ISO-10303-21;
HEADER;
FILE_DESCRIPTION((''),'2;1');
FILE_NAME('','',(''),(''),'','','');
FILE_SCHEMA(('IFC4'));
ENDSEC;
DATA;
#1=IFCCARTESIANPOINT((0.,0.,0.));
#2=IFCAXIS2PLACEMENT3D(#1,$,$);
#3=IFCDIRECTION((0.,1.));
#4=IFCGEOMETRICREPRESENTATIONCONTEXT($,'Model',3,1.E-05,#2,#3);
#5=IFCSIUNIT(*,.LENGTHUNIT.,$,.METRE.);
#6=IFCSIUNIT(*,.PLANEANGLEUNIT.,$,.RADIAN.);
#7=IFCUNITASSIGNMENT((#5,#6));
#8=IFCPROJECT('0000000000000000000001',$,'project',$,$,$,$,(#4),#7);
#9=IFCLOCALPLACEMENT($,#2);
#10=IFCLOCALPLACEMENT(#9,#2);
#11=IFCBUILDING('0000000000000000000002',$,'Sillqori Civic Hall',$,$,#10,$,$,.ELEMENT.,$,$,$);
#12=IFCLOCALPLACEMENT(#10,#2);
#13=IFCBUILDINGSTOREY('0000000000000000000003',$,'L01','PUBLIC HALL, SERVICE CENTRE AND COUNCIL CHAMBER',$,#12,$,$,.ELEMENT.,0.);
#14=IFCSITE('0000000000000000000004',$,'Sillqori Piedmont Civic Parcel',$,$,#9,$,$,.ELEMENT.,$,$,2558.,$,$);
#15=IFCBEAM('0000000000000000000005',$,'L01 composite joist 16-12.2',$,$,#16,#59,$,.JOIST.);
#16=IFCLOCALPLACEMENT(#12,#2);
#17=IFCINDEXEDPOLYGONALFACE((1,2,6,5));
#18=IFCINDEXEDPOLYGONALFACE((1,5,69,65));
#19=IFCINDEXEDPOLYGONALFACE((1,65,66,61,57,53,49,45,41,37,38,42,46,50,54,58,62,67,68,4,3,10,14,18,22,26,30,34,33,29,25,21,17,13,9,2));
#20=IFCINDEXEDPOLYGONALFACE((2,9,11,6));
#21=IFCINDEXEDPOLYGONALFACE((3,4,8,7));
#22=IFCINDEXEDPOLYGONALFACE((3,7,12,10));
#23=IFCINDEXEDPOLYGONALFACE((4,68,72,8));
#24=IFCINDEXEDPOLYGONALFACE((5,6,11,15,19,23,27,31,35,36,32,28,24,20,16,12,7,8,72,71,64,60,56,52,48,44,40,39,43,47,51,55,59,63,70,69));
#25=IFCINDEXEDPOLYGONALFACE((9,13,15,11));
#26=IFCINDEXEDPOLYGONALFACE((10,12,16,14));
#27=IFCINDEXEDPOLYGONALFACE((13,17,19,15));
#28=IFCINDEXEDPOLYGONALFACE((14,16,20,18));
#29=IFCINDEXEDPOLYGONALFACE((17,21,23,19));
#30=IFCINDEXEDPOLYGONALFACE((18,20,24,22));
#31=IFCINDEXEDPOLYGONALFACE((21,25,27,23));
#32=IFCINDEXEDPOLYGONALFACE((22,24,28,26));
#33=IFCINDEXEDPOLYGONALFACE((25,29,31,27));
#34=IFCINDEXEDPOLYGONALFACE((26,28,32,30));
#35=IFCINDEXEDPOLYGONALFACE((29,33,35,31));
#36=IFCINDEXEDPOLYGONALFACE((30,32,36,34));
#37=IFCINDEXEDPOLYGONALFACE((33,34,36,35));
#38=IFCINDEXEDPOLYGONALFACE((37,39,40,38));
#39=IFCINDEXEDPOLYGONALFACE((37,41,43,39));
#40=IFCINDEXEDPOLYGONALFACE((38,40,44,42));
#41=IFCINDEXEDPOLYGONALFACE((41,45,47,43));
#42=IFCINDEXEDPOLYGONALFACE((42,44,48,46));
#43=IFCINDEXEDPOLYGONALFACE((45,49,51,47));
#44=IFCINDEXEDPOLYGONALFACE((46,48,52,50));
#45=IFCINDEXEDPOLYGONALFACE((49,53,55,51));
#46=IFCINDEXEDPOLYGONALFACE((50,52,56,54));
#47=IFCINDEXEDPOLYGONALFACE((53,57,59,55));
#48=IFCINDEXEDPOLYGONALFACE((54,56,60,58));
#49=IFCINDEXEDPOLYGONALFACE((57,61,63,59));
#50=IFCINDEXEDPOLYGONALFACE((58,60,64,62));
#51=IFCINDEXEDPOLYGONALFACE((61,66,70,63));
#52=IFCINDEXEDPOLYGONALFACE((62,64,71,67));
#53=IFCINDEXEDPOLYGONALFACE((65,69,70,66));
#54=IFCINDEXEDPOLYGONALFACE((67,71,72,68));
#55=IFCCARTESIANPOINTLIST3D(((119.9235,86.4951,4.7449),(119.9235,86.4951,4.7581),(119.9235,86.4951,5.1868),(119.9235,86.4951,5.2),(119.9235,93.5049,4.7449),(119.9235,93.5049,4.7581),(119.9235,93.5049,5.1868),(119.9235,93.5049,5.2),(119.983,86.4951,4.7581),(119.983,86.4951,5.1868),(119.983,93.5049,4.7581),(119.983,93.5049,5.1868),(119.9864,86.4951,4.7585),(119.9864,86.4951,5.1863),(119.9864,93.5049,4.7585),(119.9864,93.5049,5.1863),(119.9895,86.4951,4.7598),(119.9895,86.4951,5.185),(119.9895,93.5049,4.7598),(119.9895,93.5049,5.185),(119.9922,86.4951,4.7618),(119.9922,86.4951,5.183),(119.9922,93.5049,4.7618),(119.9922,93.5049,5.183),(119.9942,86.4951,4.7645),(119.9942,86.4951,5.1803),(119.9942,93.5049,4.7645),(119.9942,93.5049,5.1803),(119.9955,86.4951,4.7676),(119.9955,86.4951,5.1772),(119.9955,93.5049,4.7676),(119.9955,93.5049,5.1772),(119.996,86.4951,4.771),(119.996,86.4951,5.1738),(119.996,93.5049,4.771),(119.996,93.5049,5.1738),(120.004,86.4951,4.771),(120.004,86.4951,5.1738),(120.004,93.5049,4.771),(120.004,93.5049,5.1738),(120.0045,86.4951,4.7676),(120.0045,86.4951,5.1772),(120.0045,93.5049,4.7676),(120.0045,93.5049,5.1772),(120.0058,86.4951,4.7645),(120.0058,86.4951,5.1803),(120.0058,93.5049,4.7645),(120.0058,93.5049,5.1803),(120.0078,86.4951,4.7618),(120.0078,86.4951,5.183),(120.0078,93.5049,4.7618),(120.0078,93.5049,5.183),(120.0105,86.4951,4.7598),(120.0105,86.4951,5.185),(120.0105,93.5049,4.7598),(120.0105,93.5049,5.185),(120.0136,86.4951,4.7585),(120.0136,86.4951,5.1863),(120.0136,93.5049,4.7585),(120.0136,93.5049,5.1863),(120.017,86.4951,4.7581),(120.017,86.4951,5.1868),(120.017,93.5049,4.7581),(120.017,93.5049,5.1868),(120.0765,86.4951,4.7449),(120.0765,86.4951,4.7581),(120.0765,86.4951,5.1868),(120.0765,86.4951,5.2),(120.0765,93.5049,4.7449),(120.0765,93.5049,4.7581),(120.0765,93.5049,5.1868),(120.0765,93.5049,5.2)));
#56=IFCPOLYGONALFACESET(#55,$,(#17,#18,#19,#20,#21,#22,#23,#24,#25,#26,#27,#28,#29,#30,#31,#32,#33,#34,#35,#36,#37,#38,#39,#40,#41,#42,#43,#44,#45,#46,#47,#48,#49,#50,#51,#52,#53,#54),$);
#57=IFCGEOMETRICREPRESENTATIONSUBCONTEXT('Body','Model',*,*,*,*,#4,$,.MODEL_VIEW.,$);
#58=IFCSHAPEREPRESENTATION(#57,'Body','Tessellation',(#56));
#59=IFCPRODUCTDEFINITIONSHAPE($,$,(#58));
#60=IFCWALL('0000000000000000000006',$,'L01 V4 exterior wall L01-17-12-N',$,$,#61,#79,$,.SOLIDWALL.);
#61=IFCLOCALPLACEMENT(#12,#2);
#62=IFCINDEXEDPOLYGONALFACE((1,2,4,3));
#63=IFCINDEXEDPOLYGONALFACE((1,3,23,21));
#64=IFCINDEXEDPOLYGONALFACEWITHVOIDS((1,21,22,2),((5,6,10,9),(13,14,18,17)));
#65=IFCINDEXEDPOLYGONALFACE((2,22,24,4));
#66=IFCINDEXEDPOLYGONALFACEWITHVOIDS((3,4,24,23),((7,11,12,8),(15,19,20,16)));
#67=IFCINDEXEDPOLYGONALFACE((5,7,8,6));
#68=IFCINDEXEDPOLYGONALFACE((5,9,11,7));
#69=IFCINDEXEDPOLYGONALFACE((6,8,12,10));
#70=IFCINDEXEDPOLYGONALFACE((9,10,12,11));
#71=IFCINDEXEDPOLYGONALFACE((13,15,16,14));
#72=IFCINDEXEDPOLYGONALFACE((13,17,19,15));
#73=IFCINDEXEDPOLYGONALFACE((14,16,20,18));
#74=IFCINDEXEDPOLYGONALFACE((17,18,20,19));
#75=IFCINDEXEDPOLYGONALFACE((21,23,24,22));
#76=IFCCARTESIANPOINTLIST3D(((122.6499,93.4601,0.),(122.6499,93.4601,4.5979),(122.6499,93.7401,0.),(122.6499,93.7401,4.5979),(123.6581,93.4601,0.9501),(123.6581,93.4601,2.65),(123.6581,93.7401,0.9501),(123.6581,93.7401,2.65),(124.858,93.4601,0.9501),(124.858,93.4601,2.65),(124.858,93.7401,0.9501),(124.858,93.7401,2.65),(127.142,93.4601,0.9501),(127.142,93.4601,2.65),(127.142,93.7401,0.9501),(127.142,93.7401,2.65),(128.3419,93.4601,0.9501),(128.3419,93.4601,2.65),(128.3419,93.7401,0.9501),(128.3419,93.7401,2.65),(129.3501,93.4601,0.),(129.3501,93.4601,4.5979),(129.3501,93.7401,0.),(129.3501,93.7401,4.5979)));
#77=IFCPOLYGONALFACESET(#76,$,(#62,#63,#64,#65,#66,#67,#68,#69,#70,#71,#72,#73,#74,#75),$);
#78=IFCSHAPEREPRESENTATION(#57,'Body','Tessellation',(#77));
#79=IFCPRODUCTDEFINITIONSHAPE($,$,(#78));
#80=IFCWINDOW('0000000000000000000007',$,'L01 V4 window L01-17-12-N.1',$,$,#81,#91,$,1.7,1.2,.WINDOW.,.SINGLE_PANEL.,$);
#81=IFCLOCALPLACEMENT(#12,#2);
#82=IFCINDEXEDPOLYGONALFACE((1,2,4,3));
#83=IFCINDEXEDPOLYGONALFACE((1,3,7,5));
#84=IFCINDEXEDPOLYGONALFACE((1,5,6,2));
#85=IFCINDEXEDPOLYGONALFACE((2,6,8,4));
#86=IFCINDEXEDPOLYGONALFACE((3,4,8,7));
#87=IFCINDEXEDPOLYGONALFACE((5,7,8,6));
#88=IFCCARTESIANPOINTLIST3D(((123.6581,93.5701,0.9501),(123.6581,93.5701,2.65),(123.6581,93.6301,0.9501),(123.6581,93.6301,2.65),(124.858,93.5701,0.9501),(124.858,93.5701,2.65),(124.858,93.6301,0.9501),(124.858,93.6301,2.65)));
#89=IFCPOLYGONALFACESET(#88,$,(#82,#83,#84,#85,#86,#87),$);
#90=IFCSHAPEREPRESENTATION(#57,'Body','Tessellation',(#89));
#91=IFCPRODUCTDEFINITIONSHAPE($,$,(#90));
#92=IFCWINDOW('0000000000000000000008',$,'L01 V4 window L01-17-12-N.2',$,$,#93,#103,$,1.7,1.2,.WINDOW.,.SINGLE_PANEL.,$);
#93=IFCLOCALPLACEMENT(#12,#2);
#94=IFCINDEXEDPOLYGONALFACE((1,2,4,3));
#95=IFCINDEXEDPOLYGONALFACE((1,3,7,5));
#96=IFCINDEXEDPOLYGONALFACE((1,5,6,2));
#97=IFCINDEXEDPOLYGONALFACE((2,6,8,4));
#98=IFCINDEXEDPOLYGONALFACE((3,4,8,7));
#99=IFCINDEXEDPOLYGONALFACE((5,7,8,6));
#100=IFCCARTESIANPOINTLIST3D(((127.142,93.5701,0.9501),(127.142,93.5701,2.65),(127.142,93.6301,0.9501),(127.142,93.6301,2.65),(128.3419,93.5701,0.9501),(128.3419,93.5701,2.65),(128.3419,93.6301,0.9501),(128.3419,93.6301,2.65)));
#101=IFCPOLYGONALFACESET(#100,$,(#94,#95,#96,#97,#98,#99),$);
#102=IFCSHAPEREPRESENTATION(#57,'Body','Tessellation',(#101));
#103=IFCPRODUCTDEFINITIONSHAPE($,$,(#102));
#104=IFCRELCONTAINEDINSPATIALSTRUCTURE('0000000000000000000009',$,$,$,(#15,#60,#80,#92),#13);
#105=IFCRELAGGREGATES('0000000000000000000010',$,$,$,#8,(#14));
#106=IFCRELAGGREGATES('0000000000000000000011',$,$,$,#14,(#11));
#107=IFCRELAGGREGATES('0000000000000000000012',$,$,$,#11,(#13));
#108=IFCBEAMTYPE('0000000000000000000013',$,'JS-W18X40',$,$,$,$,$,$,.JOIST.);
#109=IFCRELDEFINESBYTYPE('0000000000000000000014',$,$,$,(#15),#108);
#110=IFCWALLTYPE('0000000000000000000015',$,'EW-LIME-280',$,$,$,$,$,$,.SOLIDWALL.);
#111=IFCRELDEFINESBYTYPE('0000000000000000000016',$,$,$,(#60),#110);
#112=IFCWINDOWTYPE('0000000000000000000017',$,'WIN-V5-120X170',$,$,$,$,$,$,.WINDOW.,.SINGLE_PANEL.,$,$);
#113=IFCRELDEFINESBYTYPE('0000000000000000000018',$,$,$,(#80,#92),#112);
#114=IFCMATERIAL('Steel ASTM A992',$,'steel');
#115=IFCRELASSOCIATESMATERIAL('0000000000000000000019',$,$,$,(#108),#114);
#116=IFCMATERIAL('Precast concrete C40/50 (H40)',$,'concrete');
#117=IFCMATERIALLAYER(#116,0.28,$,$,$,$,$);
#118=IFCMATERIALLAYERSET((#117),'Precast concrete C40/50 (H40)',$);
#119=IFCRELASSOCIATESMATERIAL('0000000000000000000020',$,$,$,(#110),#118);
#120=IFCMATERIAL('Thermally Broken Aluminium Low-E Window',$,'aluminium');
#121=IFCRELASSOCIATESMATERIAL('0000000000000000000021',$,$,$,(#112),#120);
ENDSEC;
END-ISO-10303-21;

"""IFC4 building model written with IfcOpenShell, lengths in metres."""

from ifc_helpers import new_model, si_unit, direction, frame, frame_2d, origin, origin_2d, place, context, subcontext, project, spatial, rectangle, i_section, extrude, material, layer, layer_set, material_profile, profile_set, type_object, element, fill, save


model = new_model("IFC4")

# Units and contexts
model_context = context("Model", 3, precision=1e-05, world=origin(), true_north=direction((0.0, 1.0)))
body_context = subcontext(model_context, "Body", "Model", "MODEL_VIEW")
ifc_project = project(units=[si_unit("LENGTHUNIT", "METRE"), si_unit("PLANEANGLEUNIT", "RADIAN")], contexts=[model_context])

# Site, building, storey
site_placement = place(None, origin())
site = spatial("IfcSite", under=ifc_project, at=site_placement, Name="Sillqori Piedmont Civic Parcel", CompositionType="ELEMENT", RefElevation=2558.0)
building_placement = place(site_placement, origin())
building = spatial("IfcBuilding", under=site, at=building_placement, Name="Sillqori Civic Hall", CompositionType="ELEMENT")
storey_placement = place(building_placement, origin())
storey = spatial("IfcBuildingStorey", under=building, at=storey_placement, Name="L01", Description="PUBLIC HALL, SERVICE CENTRE AND COUNCIL CHAMBER", CompositionType="ELEMENT", Elevation=0.0)

# Shared definitions
ifc_material_1 = material(Name="Steel ASTM A992", Category="steel")

# Beam
ifc_material_profile_1 = material_profile(ifc_material_1, i_section(OverallWidth=0.1531, OverallDepth=0.4551, WebThickness=0.0081, FlangeThickness=0.0132, FilletRadius=0.0129, at=origin_2d()), Name="W18X40")
ifc_profile_set_1 = profile_set([ifc_material_profile_1], Name="Steel ASTM A992")
beam_type_1 = type_object("IfcBeamType", Name="JS-W18X40", PredefinedType="JOIST", material=ifc_profile_set_1)
beam_1_placement = place(storey_placement, frame((120.0, 86.4951, 4.9724), z_axis=(0.0, 1.0, 0.0), x_axis=(-1.0, 0.0, 0.0)))
element("IfcBeam", 1, at=beam_1_placement, inside=storey, type_object=beam_type_1, Name="L01 composite joist 16-12.2", PredefinedType="JOIST", context=body_context, shape_type="SweptSolid", body=[
    extrude(i_section(OverallWidth=0.1531, OverallDepth=0.4551, WebThickness=0.0081, FlangeThickness=0.0132, FilletRadius=0.0129, at=origin_2d()), origin(), (0.0, 0.0, 1.0), 7.0098),
])

# Wall, openings, windows
ifc_material_2 = material(Name="Precast concrete C40/50 (H40)", Category="concrete")
ifc_layer_1 = layer(ifc_material_2, 0.28)
ifc_layer_set_1 = layer_set([ifc_layer_1], Name="Precast concrete C40/50 (H40)")
wall_type = type_object("IfcWallType", Name="EW-LIME-280", PredefinedType="SOLIDWALL", material=ifc_layer_set_1)
wall_placement = place(storey_placement, frame((122.6499, 93.6001, 0.0), z_axis=(0.0, 0.0, 1.0), x_axis=(1.0, 0.0, 0.0)))
wall = element("IfcWall", 2, at=wall_placement, inside=storey, type_object=wall_type, Name="L01 V4 exterior wall L01-17-12-N", PredefinedType="SOLIDWALL", context=body_context, shape_type="SweptSolid", body=[
    extrude(rectangle(XDim=6.7002, YDim=0.28, at=frame_2d((3.3501, 0.0))), origin(), (0.0, 0.0, 1.0), 4.5979),
])
opening_1_placement = place(wall_placement, frame((1.0081, 0.0, 0.95)))
opening_1 = element("IfcOpeningElement", 3, at=opening_1_placement, cuts=wall, PredefinedType="OPENING", context=body_context, shape_type="SweptSolid", body=[
    extrude(rectangle(XDim=1.2, YDim=1.7, at=frame_2d((0.6001, 0.8501))), frame((0.0, 0.1499, 0.0), z_axis=(0.0, -1.0, 0.0), x_axis=(1.0, 0.0, 0.0)), (0.0, 0.0, 1.0), 0.3),
])
opening_2_placement = place(wall_placement, frame((4.4919, 0.0, 0.95)))
opening_2 = element("IfcOpeningElement", 4, at=opening_2_placement, cuts=wall, PredefinedType="OPENING", context=body_context, shape_type="SweptSolid", body=[
    extrude(rectangle(XDim=1.2, YDim=1.7, at=frame_2d((0.6001, 0.8501))), frame((0.0, 0.1499, 0.0), z_axis=(0.0, -1.0, 0.0), x_axis=(1.0, 0.0, 0.0)), (0.0, 0.0, 1.0), 0.3),
])
ifc_material_3 = material(Name="Thermally Broken Aluminium Low-E Window", Category="aluminium")
window_type = type_object("IfcWindowType", Name="WIN-V5-120X170", PartitioningType="SINGLE_PANEL", PredefinedType="WINDOW", material=ifc_material_3)
window_1_placement = place(opening_1_placement, origin())
window_1 = element("IfcWindow", 5, at=window_1_placement, inside=storey, type_object=window_type, Name="L01 V4 window L01-17-12-N.1", OverallHeight=1.7, OverallWidth=1.2, PartitioningType="SINGLE_PANEL", PredefinedType="WINDOW", context=body_context, shape_type="SweptSolid", body=[
    extrude(rectangle(XDim=1.2, YDim=1.7, at=frame_2d((0.6001, 0.8501))), frame((0.0, 0.03, 0.0), z_axis=(0.0, -1.0, 0.0), x_axis=(1.0, 0.0, 0.0)), (0.0, 0.0, 1.0), 0.0601),
])
fill(opening_1, window_1)
window_2_placement = place(opening_2_placement, origin())
window_2 = element("IfcWindow", 6, at=window_2_placement, inside=storey, type_object=window_type, Name="L01 V4 window L01-17-12-N.2", OverallHeight=1.7, OverallWidth=1.2, PartitioningType="SINGLE_PANEL", PredefinedType="WINDOW", context=body_context, shape_type="SweptSolid", body=[
    extrude(rectangle(XDim=1.2, YDim=1.7, at=frame_2d((0.6001, 0.8501))), frame((0.0, 0.03, 0.0), z_axis=(0.0, -1.0, 0.0), x_axis=(1.0, 0.0, 0.0)), (0.0, 0.0, 1.0), 0.0601),
])
fill(opening_2, window_2)

save(model, "model.ifc")
